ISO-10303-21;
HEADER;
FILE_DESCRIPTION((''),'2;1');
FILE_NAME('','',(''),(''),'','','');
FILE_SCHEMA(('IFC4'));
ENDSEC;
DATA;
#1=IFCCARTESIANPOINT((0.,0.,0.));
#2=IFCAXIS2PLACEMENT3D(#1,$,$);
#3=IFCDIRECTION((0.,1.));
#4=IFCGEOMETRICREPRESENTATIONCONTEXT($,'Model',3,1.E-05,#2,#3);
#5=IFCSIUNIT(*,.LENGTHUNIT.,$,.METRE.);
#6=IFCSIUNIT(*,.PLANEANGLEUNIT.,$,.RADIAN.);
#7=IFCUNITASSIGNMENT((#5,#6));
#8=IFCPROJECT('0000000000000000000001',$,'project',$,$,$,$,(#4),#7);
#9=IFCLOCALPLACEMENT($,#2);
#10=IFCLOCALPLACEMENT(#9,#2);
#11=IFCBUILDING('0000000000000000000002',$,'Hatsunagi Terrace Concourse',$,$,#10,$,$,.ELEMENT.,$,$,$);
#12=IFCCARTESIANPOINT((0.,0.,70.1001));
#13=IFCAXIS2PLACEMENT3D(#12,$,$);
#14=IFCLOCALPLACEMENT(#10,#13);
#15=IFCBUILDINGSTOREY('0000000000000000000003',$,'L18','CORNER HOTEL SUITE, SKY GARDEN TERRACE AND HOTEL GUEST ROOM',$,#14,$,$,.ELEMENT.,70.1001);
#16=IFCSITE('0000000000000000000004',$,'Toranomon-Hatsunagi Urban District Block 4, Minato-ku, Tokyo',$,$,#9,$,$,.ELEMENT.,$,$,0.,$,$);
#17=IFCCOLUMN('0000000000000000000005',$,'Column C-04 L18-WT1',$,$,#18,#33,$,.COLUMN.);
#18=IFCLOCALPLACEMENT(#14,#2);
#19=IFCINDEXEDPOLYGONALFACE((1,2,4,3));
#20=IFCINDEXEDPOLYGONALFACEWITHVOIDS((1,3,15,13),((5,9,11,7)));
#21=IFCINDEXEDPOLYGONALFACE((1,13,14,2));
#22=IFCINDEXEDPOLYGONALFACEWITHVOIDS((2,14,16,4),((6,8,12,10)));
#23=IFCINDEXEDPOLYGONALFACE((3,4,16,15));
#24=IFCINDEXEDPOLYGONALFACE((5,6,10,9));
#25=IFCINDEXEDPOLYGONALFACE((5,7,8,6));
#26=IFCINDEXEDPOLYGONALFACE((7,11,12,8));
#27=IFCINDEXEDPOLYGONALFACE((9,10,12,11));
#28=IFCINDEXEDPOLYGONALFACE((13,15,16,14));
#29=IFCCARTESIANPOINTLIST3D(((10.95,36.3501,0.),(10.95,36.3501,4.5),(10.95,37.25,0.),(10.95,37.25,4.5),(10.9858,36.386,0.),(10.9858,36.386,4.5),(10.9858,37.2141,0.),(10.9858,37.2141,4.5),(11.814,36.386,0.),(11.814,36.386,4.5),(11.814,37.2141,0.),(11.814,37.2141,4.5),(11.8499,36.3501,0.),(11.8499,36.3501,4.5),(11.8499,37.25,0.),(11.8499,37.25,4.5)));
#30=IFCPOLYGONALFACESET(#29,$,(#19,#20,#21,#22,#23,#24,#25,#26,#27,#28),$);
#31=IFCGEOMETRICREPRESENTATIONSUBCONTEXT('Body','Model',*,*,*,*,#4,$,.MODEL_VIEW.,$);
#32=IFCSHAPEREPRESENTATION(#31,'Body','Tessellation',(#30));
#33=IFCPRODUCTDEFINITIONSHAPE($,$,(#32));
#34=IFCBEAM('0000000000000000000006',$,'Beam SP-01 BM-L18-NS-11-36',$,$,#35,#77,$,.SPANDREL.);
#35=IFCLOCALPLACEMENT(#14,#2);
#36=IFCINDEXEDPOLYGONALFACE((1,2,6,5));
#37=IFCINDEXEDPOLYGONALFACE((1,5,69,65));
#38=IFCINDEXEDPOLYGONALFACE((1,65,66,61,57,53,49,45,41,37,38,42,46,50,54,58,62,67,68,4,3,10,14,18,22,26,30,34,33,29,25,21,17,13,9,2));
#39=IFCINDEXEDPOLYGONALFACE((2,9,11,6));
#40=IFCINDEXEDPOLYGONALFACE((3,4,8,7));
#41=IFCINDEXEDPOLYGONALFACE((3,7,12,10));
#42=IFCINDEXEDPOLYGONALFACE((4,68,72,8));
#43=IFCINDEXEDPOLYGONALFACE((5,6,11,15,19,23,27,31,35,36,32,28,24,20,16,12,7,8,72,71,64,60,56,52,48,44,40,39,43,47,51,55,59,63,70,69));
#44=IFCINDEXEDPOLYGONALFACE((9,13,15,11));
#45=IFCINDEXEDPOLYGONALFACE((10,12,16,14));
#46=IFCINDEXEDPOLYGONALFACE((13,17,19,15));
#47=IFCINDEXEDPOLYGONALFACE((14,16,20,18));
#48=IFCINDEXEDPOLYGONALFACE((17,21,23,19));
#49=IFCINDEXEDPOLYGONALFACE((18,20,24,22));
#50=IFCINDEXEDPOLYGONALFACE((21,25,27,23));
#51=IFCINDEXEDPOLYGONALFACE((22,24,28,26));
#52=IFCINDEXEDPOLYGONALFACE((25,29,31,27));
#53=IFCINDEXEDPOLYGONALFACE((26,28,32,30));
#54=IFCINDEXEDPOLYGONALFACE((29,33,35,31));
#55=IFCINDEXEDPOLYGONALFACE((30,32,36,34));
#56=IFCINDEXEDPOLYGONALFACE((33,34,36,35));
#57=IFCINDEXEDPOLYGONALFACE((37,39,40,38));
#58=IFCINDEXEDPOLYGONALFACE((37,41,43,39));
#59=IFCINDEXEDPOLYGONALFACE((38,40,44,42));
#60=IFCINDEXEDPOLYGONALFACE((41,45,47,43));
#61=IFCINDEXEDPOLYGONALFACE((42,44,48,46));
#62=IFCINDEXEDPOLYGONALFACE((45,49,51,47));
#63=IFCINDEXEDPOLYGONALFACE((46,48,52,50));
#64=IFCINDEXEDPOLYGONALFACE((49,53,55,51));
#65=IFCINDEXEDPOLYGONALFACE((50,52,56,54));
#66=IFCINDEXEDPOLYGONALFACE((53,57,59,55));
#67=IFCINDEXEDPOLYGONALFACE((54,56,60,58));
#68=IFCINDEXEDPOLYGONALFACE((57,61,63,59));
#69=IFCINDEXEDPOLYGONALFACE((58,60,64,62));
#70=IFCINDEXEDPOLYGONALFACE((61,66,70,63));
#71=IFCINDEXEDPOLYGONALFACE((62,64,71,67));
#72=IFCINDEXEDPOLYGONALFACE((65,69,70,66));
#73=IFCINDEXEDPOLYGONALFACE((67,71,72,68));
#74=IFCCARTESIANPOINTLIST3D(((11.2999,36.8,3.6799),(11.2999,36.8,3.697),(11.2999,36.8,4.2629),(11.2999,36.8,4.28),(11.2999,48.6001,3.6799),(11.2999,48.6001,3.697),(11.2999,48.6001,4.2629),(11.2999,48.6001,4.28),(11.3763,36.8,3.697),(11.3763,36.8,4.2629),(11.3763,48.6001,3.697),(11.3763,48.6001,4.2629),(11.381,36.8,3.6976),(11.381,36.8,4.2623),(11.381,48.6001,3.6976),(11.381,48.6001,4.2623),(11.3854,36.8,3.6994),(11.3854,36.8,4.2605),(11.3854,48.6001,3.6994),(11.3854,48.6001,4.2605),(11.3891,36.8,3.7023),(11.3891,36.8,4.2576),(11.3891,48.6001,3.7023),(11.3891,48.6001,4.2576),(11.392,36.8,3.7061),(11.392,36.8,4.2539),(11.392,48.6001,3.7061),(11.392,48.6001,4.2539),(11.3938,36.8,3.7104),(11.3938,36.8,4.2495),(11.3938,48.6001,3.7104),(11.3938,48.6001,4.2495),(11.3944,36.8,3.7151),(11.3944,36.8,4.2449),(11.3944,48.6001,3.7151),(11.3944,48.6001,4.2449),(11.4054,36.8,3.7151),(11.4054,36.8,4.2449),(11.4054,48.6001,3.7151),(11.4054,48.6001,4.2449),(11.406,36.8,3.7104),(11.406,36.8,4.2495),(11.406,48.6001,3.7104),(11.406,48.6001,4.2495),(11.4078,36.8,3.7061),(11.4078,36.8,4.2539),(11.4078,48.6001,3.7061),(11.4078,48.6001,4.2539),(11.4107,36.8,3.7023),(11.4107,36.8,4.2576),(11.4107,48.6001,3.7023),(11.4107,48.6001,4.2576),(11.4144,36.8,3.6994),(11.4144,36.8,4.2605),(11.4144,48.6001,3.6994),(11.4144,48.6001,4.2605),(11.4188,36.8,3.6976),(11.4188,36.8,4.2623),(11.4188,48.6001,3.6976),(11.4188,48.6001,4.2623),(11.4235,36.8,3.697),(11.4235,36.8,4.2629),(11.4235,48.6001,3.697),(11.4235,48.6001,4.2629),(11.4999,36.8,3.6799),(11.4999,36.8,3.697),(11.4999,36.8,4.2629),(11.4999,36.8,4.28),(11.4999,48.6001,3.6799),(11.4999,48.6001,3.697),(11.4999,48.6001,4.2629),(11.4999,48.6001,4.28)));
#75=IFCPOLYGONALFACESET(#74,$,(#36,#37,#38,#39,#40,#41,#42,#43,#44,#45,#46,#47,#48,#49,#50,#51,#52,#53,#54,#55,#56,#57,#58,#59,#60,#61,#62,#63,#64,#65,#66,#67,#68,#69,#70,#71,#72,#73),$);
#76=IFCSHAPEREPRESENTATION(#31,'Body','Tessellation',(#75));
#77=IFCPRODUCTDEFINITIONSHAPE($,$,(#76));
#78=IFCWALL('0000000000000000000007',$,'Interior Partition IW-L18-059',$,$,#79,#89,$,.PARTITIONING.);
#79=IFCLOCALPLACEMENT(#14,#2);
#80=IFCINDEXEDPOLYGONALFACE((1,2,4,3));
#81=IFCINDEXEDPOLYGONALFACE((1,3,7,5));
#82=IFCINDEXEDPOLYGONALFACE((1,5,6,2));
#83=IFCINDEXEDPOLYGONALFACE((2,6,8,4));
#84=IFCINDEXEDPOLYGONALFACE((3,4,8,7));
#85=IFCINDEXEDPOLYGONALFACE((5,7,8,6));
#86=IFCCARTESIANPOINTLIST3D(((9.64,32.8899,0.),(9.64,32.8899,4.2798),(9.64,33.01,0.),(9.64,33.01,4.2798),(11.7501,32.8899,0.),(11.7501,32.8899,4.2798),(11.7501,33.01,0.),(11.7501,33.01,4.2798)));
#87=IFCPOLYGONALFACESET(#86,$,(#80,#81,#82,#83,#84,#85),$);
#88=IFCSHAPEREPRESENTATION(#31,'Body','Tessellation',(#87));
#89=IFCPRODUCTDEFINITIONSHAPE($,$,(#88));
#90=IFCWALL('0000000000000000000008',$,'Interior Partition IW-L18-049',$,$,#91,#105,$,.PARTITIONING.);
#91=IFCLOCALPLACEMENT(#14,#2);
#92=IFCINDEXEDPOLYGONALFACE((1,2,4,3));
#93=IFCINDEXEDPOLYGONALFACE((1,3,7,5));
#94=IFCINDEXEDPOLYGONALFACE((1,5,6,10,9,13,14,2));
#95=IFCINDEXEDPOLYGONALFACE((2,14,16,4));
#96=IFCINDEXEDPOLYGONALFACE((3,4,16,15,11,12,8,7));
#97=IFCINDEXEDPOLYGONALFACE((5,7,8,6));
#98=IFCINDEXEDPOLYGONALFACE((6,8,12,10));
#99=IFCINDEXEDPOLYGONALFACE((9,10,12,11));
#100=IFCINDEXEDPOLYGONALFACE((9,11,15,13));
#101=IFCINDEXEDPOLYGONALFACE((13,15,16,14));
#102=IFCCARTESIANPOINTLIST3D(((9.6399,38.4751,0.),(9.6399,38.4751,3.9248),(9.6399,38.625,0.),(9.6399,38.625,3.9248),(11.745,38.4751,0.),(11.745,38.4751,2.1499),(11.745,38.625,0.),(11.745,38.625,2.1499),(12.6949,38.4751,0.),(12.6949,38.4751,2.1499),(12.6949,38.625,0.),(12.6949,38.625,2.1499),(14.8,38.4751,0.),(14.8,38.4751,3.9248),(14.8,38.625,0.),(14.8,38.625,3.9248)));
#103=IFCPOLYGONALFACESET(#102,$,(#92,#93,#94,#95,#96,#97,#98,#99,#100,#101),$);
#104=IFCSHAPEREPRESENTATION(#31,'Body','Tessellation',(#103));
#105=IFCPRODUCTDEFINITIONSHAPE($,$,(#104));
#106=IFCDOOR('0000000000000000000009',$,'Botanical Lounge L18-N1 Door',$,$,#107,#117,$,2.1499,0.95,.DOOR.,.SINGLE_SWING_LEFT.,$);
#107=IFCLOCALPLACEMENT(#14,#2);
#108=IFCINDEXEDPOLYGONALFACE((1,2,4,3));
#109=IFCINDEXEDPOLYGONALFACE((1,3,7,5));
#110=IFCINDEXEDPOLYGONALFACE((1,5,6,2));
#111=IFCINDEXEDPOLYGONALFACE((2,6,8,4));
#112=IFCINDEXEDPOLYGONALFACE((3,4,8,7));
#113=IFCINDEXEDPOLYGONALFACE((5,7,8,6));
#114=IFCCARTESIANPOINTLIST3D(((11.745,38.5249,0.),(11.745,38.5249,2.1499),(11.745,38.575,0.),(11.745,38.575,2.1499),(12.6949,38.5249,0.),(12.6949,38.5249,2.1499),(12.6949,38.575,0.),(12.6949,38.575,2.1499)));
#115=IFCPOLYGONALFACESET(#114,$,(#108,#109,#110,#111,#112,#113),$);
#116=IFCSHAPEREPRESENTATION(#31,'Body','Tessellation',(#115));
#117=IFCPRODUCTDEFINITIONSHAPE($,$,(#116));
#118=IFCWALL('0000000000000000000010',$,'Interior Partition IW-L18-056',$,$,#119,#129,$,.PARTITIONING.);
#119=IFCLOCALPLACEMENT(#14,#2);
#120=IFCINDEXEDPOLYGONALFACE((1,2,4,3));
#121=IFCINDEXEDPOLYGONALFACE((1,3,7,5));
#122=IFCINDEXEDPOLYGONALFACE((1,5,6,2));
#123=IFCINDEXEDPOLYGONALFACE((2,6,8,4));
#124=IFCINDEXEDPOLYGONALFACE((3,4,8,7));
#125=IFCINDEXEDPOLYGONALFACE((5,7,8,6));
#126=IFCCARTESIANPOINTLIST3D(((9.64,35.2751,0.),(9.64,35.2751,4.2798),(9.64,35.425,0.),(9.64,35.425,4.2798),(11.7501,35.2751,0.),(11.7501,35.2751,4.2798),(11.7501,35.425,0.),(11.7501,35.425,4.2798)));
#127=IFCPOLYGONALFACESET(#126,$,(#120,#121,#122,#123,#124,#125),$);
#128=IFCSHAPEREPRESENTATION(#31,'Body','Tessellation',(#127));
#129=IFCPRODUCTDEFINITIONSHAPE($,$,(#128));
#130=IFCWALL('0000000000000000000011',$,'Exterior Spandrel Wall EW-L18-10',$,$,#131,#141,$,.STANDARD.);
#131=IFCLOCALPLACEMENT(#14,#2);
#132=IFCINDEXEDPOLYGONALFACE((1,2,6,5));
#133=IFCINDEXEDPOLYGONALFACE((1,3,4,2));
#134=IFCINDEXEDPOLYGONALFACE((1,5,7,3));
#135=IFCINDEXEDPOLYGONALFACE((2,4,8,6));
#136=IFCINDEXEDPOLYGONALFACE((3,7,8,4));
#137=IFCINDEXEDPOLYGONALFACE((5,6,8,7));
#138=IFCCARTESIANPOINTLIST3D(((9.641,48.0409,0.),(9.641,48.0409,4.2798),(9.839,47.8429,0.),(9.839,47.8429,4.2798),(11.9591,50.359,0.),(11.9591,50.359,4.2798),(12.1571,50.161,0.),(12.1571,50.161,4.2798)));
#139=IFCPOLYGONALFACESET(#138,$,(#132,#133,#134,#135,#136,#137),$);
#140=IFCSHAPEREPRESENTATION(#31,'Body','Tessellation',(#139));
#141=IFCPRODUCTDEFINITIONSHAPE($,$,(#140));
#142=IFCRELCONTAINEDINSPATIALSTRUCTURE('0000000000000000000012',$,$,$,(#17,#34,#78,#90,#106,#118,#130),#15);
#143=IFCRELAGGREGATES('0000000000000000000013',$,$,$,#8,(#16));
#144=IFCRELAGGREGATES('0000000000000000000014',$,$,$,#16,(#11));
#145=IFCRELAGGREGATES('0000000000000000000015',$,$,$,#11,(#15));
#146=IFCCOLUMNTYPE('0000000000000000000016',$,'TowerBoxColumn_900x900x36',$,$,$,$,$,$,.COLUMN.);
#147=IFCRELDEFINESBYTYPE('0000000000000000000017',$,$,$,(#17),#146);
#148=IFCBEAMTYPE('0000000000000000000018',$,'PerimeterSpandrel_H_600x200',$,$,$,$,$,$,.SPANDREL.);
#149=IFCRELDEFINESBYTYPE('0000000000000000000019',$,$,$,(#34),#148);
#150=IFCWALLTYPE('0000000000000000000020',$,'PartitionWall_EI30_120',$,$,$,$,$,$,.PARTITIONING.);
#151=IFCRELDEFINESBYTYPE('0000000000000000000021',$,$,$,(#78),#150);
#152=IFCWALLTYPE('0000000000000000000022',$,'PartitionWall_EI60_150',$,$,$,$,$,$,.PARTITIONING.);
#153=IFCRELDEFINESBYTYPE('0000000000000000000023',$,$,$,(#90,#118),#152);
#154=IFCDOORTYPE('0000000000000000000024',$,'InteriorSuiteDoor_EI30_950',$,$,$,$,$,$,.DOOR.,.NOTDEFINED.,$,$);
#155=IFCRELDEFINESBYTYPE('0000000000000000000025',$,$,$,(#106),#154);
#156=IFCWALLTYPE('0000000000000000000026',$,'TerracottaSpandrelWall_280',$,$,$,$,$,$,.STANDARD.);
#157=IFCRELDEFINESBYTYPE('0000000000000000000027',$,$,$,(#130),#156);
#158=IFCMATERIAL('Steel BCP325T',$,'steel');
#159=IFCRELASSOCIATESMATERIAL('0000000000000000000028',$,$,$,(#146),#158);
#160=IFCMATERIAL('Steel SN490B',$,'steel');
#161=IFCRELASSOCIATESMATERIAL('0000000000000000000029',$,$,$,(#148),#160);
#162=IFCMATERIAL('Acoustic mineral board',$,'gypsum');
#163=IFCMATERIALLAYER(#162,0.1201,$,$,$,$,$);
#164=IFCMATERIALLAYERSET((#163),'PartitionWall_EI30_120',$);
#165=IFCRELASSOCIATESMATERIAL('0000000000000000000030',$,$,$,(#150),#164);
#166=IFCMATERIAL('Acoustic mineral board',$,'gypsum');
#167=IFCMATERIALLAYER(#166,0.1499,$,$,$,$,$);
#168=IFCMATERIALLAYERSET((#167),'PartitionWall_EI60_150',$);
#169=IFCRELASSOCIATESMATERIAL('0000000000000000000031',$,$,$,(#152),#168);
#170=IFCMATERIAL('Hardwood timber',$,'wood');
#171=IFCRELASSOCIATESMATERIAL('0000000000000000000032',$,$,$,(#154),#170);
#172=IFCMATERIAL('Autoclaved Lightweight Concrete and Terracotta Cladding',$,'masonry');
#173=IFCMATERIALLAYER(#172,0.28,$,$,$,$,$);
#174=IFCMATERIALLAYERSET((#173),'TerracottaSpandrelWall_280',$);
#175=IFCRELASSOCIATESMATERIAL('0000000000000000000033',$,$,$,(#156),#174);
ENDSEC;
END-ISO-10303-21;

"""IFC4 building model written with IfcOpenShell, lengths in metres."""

from ifc_helpers import new_model, si_unit, direction, frame, frame_2d, origin, origin_2d, place, context, subcontext, project, spatial, rectangle, hollow_rectangle, i_section, extrude, material, layer, layer_set, material_profile, profile_set, type_object, element, fill, save


model = new_model("IFC4")

# Units and contexts
model_context = context("Model", 3, precision=1e-05, world=origin(), true_north=direction((0.0, 1.0)))
body_context = subcontext(model_context, "Body", "Model", "MODEL_VIEW")
ifc_project = project(units=[si_unit("LENGTHUNIT", "METRE"), si_unit("PLANEANGLEUNIT", "RADIAN")], contexts=[model_context])

# Site, building, storey
site_placement = place(None, origin())
site = spatial("IfcSite", under=ifc_project, at=site_placement, Name="Toranomon-Hatsunagi Urban District Block 4, Minato-ku, Tokyo", CompositionType="ELEMENT", RefElevation=0.0)
building_placement = place(site_placement, origin())
building = spatial("IfcBuilding", under=site, at=building_placement, Name="Hatsunagi Terrace Concourse", CompositionType="ELEMENT")
storey_placement = place(building_placement, frame((0.0, 0.0, 70.1001)))
storey = spatial("IfcBuildingStorey", under=building, at=storey_placement, Name="L18", Description="CORNER HOTEL SUITE, SKY GARDEN TERRACE AND HOTEL GUEST ROOM", CompositionType="ELEMENT", Elevation=70.1001)

# Column
ifc_material_1 = material(Name="Steel BCP325T", Category="steel")
ifc_material_profile_1 = material_profile(ifc_material_1, hollow_rectangle(XDim=0.8999, YDim=0.8999, WallThickness=0.0359, at=origin_2d()), Name="BCP-900x900x36")
ifc_profile_set_1 = profile_set([ifc_material_profile_1], Name="Steel BCP325T")
column_type = type_object("IfcColumnType", Name="TowerBoxColumn_900x900x36", PredefinedType="COLUMN", material=ifc_profile_set_1)
column_placement = place(storey_placement, frame((11.3999, 36.8, 0.0), z_axis=(0.0, 0.0, 1.0), x_axis=(1.0, 0.0, 0.0)))
element("IfcColumn", 1, at=column_placement, inside=storey, type_object=column_type, Name="Column C-04 L18-WT1", PredefinedType="COLUMN", context=body_context, shape_type="SweptSolid", body=[
    extrude(hollow_rectangle(XDim=0.8999, YDim=0.8999, WallThickness=0.0359, at=origin_2d()), origin(), (0.0, 0.0, 1.0), 4.5),
])

# Beam
ifc_material_2 = material(Name="Steel SN490B", Category="steel")
ifc_material_profile_2 = material_profile(ifc_material_2, i_section(OverallWidth=0.2, OverallDepth=0.6001, WebThickness=0.011, FlangeThickness=0.0171, FilletRadius=0.0181, at=origin_2d()), Name="H-600x200x11x17")
ifc_profile_set_2 = profile_set([ifc_material_profile_2], Name="Steel SN490B")
beam_type = type_object("IfcBeamType", Name="PerimeterSpandrel_H_600x200", PredefinedType="SPANDREL", material=ifc_profile_set_2)
beam_placement = place(storey_placement, frame((11.3999, 36.8, 3.98), z_axis=(0.0, 1.0, 0.0), x_axis=(-1.0, 0.0, 0.0)))
element("IfcBeam", 2, at=beam_placement, inside=storey, type_object=beam_type, Name="Beam SP-01 BM-L18-NS-11-36", PredefinedType="SPANDREL", context=body_context, shape_type="SweptSolid", body=[
    extrude(i_section(OverallWidth=0.2, OverallDepth=0.6001, WebThickness=0.011, FlangeThickness=0.0171, FilletRadius=0.0181, at=origin_2d()), origin(), (0.0, 0.0, 1.0), 11.8),
])

# Wall
ifc_material_3 = material(Name="Acoustic mineral board", Category="gypsum")
ifc_layer_1 = layer(ifc_material_3, 0.1201)
ifc_layer_set_1 = layer_set([ifc_layer_1], Name="PartitionWall_EI30_120")
wall_type_1 = type_object("IfcWallType", Name="PartitionWall_EI30_120", PredefinedType="PARTITIONING", material=ifc_layer_set_1)
wall_1_placement = place(storey_placement, frame((9.6399, 32.95, 0.0), z_axis=(0.0, 0.0, 1.0), x_axis=(1.0, 0.0, 0.0)))
element("IfcWall", 3, at=wall_1_placement, inside=storey, type_object=wall_type_1, Name="Interior Partition IW-L18-059", PredefinedType="PARTITIONING", context=body_context, shape_type="SweptSolid", body=[
    extrude(rectangle(XDim=2.1101, YDim=0.1201, at=frame_2d((1.0552, 0.0))), origin(), (0.0, 0.0, 1.0), 4.2798),
])

# Wall, opening, door
ifc_material_4 = material(Name="Acoustic mineral board", Category="gypsum")
ifc_layer_2 = layer(ifc_material_4, 0.1499)
ifc_layer_set_2 = layer_set([ifc_layer_2], Name="PartitionWall_EI60_150")
wall_type_2 = type_object("IfcWallType", Name="PartitionWall_EI60_150", PredefinedType="PARTITIONING", material=ifc_layer_set_2)
wall_2_placement = place(storey_placement, frame((9.6399, 38.55, 0.0), z_axis=(0.0, 0.0, 1.0), x_axis=(1.0, 0.0, 0.0)))
wall_2 = element("IfcWall", 4, at=wall_2_placement, inside=storey, type_object=wall_type_2, Name="Interior Partition IW-L18-049", PredefinedType="PARTITIONING", context=body_context, shape_type="SweptSolid", body=[
    extrude(rectangle(XDim=5.1602, YDim=0.1499, at=frame_2d((2.5801, 0.0))), origin(), (0.0, 0.0, 1.0), 3.9248),
])
opening_placement = place(wall_2_placement, frame((2.105, 0.0, 0.0)))
opening = element("IfcOpeningElement", 5, at=opening_placement, cuts=wall_2, PredefinedType="OPENING", context=body_context, shape_type="SweptSolid", body=[
    extrude(rectangle(XDim=0.95, YDim=2.1499, at=frame_2d((0.4751, 1.075))), frame((0.0, 0.085, 0.0), z_axis=(0.0, -1.0, 0.0), x_axis=(1.0, 0.0, 0.0)), (0.0, 0.0, 1.0), 0.1699),
])
ifc_material_5 = material(Name="Hardwood timber", Category="wood")
door_type = type_object("IfcDoorType", Name="InteriorSuiteDoor_EI30_950", OperationType="NOTDEFINED", PredefinedType="DOOR", material=ifc_material_5)
door_placement = place(opening_placement, origin())
door = element("IfcDoor", 6, at=door_placement, inside=storey, type_object=door_type, Name="Botanical Lounge L18-N1 Door", OperationType="SINGLE_SWING_LEFT", OverallHeight=2.1499, OverallWidth=0.95, PredefinedType="DOOR", context=body_context, shape_type="SweptSolid", body=[
    extrude(rectangle(XDim=0.95, YDim=2.1499, at=frame_2d((0.4751, 1.075))), frame((0.0, 0.0249, 0.0), z_axis=(0.0, -1.0, 0.0), x_axis=(1.0, 0.0, 0.0)), (0.0, 0.0, 1.0), 0.05),
])
fill(opening, door)

# Walls
wall_3_placement = place(storey_placement, frame((9.6399, 35.3501, 0.0), z_axis=(0.0, 0.0, 1.0), x_axis=(1.0, 0.0, 0.0)))
element("IfcWall", 7, at=wall_3_placement, inside=storey, type_object=wall_type_2, Name="Interior Partition IW-L18-056", PredefinedType="PARTITIONING", context=body_context, shape_type="SweptSolid", body=[
    extrude(rectangle(XDim=2.1101, YDim=0.1499, at=frame_2d((1.0552, 0.0))), origin(), (0.0, 0.0, 1.0), 4.2798),
])
ifc_material_6 = material(Name="Autoclaved Lightweight Concrete and Terracotta Cladding", Category="masonry")
ifc_layer_3 = layer(ifc_material_6, 0.28)
ifc_layer_set_3 = layer_set([ifc_layer_3], Name="TerracottaSpandrelWall_280")
wall_type_3 = type_object("IfcWallType", Name="TerracottaSpandrelWall_280", PredefinedType="STANDARD", material=ifc_layer_set_3)
wall_4_placement = place(storey_placement, frame((9.74, 47.9419, 0.0), z_axis=(0.0, 0.0, 1.0), x_axis=(0.707107, 0.707107, 0.0)))
element("IfcWall", 8, at=wall_4_placement, inside=storey, type_object=wall_type_3, Name="Exterior Spandrel Wall EW-L18-10", PredefinedType="STANDARD", context=body_context, shape_type="SweptSolid", body=[
    extrude(rectangle(XDim=3.2783, YDim=0.28, at=frame_2d((1.6392, 0.0))), origin(), (0.0, 0.0, 1.0), 4.2798),
])

save(model, "model.ifc")
